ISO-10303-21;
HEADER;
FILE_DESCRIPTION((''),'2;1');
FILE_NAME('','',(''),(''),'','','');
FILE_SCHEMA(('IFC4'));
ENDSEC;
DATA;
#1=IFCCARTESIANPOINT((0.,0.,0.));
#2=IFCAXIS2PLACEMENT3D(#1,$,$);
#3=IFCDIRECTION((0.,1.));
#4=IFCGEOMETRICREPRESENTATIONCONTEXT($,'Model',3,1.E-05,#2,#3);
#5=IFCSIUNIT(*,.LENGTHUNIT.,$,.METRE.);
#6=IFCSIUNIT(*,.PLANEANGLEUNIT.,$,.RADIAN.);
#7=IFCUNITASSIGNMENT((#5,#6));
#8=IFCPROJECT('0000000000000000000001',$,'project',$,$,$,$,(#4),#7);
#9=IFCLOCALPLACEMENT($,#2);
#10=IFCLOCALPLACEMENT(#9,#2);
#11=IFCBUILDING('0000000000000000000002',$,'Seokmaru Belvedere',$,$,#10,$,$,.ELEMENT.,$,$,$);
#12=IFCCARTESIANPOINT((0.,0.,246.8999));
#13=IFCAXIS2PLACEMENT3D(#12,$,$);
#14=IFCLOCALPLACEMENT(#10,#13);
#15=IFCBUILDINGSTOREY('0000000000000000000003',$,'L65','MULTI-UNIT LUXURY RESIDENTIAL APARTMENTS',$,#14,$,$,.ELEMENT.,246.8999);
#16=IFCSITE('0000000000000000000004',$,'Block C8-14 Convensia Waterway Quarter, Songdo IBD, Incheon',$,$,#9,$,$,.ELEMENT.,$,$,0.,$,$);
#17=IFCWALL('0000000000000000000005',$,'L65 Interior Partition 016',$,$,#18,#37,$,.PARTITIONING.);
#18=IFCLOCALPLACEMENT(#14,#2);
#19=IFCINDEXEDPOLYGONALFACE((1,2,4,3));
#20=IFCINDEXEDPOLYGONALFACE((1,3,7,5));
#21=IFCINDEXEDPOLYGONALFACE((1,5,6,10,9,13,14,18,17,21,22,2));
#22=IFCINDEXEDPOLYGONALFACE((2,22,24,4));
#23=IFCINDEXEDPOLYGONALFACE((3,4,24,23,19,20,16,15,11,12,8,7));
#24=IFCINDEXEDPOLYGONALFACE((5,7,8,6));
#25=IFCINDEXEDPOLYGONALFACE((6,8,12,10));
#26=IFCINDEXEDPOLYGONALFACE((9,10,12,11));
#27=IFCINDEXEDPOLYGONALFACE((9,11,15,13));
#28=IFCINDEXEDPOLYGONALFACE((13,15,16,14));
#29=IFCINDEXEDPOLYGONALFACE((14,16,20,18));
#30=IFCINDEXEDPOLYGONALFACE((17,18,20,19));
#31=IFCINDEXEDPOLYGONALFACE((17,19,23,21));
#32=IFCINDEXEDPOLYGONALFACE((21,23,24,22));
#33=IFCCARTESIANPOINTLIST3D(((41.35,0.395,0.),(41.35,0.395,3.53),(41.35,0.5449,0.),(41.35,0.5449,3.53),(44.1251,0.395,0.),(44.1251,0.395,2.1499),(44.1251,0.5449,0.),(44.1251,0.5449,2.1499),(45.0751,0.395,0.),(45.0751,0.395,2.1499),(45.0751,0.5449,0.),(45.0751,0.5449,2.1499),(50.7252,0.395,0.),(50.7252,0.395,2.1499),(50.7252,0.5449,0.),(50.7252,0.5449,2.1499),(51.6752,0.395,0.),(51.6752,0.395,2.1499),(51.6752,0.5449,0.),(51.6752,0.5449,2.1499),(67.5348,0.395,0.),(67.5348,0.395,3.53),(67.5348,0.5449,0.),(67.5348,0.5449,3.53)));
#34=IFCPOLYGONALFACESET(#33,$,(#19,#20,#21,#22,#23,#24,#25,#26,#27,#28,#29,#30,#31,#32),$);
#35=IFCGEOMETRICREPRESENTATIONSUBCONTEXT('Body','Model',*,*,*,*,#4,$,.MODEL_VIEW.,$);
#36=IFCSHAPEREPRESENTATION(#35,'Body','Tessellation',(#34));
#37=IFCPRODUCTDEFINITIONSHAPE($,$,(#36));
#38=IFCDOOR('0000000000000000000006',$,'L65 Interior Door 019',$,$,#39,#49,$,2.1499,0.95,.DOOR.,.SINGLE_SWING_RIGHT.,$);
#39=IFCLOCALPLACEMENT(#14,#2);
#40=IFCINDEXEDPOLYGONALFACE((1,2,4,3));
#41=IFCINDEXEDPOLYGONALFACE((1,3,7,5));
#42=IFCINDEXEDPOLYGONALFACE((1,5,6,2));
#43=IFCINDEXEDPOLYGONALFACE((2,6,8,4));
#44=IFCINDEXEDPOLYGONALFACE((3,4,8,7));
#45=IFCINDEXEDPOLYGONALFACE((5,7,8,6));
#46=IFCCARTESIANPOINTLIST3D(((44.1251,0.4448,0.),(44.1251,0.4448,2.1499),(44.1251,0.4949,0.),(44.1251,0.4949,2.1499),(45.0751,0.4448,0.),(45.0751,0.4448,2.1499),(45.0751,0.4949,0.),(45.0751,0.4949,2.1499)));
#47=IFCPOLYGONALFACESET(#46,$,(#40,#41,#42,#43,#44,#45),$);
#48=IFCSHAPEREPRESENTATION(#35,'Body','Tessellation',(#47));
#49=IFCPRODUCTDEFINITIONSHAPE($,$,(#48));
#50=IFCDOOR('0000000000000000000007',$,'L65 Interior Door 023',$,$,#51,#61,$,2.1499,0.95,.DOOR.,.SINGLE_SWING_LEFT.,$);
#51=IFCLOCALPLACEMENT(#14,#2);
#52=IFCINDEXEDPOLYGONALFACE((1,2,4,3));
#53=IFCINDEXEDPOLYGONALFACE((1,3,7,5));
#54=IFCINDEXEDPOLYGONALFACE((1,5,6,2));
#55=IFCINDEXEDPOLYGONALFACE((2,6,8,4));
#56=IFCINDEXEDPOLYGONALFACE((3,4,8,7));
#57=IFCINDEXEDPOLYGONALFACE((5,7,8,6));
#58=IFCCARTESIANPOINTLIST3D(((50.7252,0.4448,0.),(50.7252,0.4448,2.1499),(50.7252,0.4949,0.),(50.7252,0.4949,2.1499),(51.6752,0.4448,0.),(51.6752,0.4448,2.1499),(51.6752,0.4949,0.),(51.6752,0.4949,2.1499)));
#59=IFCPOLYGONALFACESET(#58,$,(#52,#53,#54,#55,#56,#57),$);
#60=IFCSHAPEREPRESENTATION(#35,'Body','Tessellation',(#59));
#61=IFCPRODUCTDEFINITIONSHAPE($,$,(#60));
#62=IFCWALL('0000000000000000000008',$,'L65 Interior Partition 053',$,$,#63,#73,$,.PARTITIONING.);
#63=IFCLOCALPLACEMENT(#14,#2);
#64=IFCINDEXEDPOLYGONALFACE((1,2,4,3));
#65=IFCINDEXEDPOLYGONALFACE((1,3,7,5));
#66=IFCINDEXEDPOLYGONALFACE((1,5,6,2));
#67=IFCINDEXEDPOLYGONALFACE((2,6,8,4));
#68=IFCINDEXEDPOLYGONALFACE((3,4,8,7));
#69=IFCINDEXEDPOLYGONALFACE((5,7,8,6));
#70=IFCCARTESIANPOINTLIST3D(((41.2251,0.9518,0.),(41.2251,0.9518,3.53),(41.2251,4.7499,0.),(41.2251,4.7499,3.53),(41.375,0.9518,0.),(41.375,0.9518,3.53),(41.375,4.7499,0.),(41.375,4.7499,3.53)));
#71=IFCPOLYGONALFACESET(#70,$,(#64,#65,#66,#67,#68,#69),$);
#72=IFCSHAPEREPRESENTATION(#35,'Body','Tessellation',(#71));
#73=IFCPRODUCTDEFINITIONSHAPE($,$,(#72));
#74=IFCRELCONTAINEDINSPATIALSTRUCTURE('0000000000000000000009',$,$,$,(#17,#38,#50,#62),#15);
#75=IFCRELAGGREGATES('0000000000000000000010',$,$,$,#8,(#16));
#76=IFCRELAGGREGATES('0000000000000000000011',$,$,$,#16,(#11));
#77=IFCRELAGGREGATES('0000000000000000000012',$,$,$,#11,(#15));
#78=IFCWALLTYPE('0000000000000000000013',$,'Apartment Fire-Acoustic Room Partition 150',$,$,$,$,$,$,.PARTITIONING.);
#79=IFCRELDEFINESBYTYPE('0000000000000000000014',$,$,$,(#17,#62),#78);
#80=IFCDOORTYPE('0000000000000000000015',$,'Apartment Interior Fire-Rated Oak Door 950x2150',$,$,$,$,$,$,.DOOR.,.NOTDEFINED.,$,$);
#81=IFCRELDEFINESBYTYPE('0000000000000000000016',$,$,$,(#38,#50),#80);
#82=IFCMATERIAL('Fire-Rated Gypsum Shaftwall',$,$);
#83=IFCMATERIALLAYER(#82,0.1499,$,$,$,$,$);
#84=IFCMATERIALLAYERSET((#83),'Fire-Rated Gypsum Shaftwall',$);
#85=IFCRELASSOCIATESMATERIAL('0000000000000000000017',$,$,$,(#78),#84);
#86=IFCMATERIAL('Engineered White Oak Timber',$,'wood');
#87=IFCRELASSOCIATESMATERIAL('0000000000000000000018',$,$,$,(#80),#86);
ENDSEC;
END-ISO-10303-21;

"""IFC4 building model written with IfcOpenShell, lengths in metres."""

from ifc_helpers import new_model, si_unit, direction, frame, frame_2d, origin, place, context, subcontext, project, spatial, rectangle, extrude, source, transform, mapped, material, layer, layer_set, type_object, type_shapes, element, fill, save


model = new_model("IFC4")

# Units and contexts
model_context = context("Model", 3, precision=1e-05, world=origin(), true_north=direction((0.0, 1.0)))
body_context = subcontext(model_context, "Body", "Model", "MODEL_VIEW")
ifc_project = project(units=[si_unit("LENGTHUNIT", "METRE"), si_unit("PLANEANGLEUNIT", "RADIAN")], contexts=[model_context])

# Site, building, storey
site_placement = place(None, origin())
site = spatial("IfcSite", under=ifc_project, at=site_placement, Name="Block C8-14 Convensia Waterway Quarter, Songdo IBD, Incheon", CompositionType="ELEMENT", RefElevation=0.0)
building_placement = place(site_placement, origin())
building = spatial("IfcBuilding", under=site, at=building_placement, Name="Seokmaru Belvedere", CompositionType="ELEMENT")
storey_placement = place(building_placement, frame((0.0, 0.0, 246.8999)))
storey = spatial("IfcBuildingStorey", under=building, at=storey_placement, Name="L65", Description="MULTI-UNIT LUXURY RESIDENTIAL APARTMENTS", CompositionType="ELEMENT", Elevation=246.8999)

# Wall, openings, doors
ifc_material_1 = material(Name="Fire-Rated Gypsum Shaftwall")
ifc_layer_1 = layer(ifc_material_1, 0.1499)
ifc_layer_set_1 = layer_set([ifc_layer_1], Name="Fire-Rated Gypsum Shaftwall")
wall_type = type_object("IfcWallType", Name="Apartment Fire-Acoustic Room Partition 150", PredefinedType="PARTITIONING", material=ifc_layer_set_1)
wall_1_placement = place(storey_placement, frame((41.3501, 0.47, 0.0), z_axis=(0.0, 0.0, 1.0), x_axis=(1.0, 0.0, 0.0)))
wall_1 = element("IfcWall", 1, at=wall_1_placement, inside=storey, type_object=wall_type, Name="L65 Interior Partition 016", PredefinedType="PARTITIONING", context=body_context, shape_type="SweptSolid", body=[
    extrude(rectangle(XDim=26.1848, YDim=0.1499, at=frame_2d((13.0923, 0.0))), origin(), (0.0, 0.0, 1.0), 3.53),
])
opening_1_placement = place(wall_1_placement, frame((2.7749, 0.0, 0.0)))
opening_1 = element("IfcOpeningElement", 2, at=opening_1_placement, cuts=wall_1, PredefinedType="OPENING", context=body_context, shape_type="SweptSolid", body=[
    extrude(rectangle(XDim=0.95, YDim=2.1499, at=frame_2d((0.4751, 1.075))), frame((0.0, 0.085, 0.0), z_axis=(0.0, -1.0, 0.0), x_axis=(1.0, 0.0, 0.0)), (0.0, 0.0, 1.0), 0.1699),
])
opening_2_placement = place(wall_1_placement, frame((9.375, 0.0, 0.0)))
opening_2 = element("IfcOpeningElement", 3, at=opening_2_placement, cuts=wall_1, PredefinedType="OPENING", context=body_context, shape_type="SweptSolid", body=[
    extrude(rectangle(XDim=0.95, YDim=2.1499, at=frame_2d((0.4751, 1.075))), frame((0.0, 0.085, 0.0), z_axis=(0.0, -1.0, 0.0), x_axis=(1.0, 0.0, 0.0)), (0.0, 0.0, 1.0), 0.1699),
])
ifc_material_2 = material(Name="Engineered White Oak Timber", Category="wood")
door_type = type_object("IfcDoorType", Name="Apartment Interior Fire-Rated Oak Door 950x2150", OperationType="NOTDEFINED", PredefinedType="DOOR", material=ifc_material_2)
shared_shape_1 = source(origin(), body_context, "Body", "SweptSolid", [
    extrude(rectangle(XDim=0.95, YDim=2.1499, at=frame_2d((0.4751, 1.075))), frame((0.0, 0.0249, 0.0), z_axis=(0.0, -1.0, 0.0), x_axis=(1.0, 0.0, 0.0)), (0.0, 0.0, 1.0), 0.05),
])
type_shapes(door_type, [shared_shape_1])
door_1_placement = place(opening_1_placement, origin())
door_1 = element("IfcDoor", 4, at=door_1_placement, inside=storey, type_object=door_type, Name="L65 Interior Door 019", OperationType="SINGLE_SWING_RIGHT", OverallHeight=2.1499, OverallWidth=0.95, PredefinedType="DOOR", context=body_context, shape_type="MappedRepresentation", body=[
    mapped(shared_shape_1, transform((0.0, 0.0, 0.0), scale=1.0)),
])
fill(opening_1, door_1)
door_2_placement = place(opening_2_placement, origin())
door_2 = element("IfcDoor", 5, at=door_2_placement, inside=storey, type_object=door_type, Name="L65 Interior Door 023", OperationType="SINGLE_SWING_LEFT", OverallHeight=2.1499, OverallWidth=0.95, PredefinedType="DOOR", context=body_context, shape_type="MappedRepresentation", body=[
    mapped(shared_shape_1, transform((0.0, 0.0, 0.0), scale=1.0)),
])
fill(opening_2, door_2)

# Wall
wall_2_placement = place(storey_placement, frame((41.3, 0.9519, 0.0), z_axis=(0.0, 0.0, 1.0), x_axis=(0.0, 1.0, 0.0)))
element("IfcWall", 6, at=wall_2_placement, inside=storey, type_object=wall_type, Name="L65 Interior Partition 053", PredefinedType="PARTITIONING", context=body_context, shape_type="SweptSolid", body=[
    extrude(rectangle(XDim=3.7981, YDim=0.1499, at=frame_2d((1.8989, 0.0))), origin(), (0.0, 0.0, 1.0), 3.53),
])

save(model, "model.ifc")
